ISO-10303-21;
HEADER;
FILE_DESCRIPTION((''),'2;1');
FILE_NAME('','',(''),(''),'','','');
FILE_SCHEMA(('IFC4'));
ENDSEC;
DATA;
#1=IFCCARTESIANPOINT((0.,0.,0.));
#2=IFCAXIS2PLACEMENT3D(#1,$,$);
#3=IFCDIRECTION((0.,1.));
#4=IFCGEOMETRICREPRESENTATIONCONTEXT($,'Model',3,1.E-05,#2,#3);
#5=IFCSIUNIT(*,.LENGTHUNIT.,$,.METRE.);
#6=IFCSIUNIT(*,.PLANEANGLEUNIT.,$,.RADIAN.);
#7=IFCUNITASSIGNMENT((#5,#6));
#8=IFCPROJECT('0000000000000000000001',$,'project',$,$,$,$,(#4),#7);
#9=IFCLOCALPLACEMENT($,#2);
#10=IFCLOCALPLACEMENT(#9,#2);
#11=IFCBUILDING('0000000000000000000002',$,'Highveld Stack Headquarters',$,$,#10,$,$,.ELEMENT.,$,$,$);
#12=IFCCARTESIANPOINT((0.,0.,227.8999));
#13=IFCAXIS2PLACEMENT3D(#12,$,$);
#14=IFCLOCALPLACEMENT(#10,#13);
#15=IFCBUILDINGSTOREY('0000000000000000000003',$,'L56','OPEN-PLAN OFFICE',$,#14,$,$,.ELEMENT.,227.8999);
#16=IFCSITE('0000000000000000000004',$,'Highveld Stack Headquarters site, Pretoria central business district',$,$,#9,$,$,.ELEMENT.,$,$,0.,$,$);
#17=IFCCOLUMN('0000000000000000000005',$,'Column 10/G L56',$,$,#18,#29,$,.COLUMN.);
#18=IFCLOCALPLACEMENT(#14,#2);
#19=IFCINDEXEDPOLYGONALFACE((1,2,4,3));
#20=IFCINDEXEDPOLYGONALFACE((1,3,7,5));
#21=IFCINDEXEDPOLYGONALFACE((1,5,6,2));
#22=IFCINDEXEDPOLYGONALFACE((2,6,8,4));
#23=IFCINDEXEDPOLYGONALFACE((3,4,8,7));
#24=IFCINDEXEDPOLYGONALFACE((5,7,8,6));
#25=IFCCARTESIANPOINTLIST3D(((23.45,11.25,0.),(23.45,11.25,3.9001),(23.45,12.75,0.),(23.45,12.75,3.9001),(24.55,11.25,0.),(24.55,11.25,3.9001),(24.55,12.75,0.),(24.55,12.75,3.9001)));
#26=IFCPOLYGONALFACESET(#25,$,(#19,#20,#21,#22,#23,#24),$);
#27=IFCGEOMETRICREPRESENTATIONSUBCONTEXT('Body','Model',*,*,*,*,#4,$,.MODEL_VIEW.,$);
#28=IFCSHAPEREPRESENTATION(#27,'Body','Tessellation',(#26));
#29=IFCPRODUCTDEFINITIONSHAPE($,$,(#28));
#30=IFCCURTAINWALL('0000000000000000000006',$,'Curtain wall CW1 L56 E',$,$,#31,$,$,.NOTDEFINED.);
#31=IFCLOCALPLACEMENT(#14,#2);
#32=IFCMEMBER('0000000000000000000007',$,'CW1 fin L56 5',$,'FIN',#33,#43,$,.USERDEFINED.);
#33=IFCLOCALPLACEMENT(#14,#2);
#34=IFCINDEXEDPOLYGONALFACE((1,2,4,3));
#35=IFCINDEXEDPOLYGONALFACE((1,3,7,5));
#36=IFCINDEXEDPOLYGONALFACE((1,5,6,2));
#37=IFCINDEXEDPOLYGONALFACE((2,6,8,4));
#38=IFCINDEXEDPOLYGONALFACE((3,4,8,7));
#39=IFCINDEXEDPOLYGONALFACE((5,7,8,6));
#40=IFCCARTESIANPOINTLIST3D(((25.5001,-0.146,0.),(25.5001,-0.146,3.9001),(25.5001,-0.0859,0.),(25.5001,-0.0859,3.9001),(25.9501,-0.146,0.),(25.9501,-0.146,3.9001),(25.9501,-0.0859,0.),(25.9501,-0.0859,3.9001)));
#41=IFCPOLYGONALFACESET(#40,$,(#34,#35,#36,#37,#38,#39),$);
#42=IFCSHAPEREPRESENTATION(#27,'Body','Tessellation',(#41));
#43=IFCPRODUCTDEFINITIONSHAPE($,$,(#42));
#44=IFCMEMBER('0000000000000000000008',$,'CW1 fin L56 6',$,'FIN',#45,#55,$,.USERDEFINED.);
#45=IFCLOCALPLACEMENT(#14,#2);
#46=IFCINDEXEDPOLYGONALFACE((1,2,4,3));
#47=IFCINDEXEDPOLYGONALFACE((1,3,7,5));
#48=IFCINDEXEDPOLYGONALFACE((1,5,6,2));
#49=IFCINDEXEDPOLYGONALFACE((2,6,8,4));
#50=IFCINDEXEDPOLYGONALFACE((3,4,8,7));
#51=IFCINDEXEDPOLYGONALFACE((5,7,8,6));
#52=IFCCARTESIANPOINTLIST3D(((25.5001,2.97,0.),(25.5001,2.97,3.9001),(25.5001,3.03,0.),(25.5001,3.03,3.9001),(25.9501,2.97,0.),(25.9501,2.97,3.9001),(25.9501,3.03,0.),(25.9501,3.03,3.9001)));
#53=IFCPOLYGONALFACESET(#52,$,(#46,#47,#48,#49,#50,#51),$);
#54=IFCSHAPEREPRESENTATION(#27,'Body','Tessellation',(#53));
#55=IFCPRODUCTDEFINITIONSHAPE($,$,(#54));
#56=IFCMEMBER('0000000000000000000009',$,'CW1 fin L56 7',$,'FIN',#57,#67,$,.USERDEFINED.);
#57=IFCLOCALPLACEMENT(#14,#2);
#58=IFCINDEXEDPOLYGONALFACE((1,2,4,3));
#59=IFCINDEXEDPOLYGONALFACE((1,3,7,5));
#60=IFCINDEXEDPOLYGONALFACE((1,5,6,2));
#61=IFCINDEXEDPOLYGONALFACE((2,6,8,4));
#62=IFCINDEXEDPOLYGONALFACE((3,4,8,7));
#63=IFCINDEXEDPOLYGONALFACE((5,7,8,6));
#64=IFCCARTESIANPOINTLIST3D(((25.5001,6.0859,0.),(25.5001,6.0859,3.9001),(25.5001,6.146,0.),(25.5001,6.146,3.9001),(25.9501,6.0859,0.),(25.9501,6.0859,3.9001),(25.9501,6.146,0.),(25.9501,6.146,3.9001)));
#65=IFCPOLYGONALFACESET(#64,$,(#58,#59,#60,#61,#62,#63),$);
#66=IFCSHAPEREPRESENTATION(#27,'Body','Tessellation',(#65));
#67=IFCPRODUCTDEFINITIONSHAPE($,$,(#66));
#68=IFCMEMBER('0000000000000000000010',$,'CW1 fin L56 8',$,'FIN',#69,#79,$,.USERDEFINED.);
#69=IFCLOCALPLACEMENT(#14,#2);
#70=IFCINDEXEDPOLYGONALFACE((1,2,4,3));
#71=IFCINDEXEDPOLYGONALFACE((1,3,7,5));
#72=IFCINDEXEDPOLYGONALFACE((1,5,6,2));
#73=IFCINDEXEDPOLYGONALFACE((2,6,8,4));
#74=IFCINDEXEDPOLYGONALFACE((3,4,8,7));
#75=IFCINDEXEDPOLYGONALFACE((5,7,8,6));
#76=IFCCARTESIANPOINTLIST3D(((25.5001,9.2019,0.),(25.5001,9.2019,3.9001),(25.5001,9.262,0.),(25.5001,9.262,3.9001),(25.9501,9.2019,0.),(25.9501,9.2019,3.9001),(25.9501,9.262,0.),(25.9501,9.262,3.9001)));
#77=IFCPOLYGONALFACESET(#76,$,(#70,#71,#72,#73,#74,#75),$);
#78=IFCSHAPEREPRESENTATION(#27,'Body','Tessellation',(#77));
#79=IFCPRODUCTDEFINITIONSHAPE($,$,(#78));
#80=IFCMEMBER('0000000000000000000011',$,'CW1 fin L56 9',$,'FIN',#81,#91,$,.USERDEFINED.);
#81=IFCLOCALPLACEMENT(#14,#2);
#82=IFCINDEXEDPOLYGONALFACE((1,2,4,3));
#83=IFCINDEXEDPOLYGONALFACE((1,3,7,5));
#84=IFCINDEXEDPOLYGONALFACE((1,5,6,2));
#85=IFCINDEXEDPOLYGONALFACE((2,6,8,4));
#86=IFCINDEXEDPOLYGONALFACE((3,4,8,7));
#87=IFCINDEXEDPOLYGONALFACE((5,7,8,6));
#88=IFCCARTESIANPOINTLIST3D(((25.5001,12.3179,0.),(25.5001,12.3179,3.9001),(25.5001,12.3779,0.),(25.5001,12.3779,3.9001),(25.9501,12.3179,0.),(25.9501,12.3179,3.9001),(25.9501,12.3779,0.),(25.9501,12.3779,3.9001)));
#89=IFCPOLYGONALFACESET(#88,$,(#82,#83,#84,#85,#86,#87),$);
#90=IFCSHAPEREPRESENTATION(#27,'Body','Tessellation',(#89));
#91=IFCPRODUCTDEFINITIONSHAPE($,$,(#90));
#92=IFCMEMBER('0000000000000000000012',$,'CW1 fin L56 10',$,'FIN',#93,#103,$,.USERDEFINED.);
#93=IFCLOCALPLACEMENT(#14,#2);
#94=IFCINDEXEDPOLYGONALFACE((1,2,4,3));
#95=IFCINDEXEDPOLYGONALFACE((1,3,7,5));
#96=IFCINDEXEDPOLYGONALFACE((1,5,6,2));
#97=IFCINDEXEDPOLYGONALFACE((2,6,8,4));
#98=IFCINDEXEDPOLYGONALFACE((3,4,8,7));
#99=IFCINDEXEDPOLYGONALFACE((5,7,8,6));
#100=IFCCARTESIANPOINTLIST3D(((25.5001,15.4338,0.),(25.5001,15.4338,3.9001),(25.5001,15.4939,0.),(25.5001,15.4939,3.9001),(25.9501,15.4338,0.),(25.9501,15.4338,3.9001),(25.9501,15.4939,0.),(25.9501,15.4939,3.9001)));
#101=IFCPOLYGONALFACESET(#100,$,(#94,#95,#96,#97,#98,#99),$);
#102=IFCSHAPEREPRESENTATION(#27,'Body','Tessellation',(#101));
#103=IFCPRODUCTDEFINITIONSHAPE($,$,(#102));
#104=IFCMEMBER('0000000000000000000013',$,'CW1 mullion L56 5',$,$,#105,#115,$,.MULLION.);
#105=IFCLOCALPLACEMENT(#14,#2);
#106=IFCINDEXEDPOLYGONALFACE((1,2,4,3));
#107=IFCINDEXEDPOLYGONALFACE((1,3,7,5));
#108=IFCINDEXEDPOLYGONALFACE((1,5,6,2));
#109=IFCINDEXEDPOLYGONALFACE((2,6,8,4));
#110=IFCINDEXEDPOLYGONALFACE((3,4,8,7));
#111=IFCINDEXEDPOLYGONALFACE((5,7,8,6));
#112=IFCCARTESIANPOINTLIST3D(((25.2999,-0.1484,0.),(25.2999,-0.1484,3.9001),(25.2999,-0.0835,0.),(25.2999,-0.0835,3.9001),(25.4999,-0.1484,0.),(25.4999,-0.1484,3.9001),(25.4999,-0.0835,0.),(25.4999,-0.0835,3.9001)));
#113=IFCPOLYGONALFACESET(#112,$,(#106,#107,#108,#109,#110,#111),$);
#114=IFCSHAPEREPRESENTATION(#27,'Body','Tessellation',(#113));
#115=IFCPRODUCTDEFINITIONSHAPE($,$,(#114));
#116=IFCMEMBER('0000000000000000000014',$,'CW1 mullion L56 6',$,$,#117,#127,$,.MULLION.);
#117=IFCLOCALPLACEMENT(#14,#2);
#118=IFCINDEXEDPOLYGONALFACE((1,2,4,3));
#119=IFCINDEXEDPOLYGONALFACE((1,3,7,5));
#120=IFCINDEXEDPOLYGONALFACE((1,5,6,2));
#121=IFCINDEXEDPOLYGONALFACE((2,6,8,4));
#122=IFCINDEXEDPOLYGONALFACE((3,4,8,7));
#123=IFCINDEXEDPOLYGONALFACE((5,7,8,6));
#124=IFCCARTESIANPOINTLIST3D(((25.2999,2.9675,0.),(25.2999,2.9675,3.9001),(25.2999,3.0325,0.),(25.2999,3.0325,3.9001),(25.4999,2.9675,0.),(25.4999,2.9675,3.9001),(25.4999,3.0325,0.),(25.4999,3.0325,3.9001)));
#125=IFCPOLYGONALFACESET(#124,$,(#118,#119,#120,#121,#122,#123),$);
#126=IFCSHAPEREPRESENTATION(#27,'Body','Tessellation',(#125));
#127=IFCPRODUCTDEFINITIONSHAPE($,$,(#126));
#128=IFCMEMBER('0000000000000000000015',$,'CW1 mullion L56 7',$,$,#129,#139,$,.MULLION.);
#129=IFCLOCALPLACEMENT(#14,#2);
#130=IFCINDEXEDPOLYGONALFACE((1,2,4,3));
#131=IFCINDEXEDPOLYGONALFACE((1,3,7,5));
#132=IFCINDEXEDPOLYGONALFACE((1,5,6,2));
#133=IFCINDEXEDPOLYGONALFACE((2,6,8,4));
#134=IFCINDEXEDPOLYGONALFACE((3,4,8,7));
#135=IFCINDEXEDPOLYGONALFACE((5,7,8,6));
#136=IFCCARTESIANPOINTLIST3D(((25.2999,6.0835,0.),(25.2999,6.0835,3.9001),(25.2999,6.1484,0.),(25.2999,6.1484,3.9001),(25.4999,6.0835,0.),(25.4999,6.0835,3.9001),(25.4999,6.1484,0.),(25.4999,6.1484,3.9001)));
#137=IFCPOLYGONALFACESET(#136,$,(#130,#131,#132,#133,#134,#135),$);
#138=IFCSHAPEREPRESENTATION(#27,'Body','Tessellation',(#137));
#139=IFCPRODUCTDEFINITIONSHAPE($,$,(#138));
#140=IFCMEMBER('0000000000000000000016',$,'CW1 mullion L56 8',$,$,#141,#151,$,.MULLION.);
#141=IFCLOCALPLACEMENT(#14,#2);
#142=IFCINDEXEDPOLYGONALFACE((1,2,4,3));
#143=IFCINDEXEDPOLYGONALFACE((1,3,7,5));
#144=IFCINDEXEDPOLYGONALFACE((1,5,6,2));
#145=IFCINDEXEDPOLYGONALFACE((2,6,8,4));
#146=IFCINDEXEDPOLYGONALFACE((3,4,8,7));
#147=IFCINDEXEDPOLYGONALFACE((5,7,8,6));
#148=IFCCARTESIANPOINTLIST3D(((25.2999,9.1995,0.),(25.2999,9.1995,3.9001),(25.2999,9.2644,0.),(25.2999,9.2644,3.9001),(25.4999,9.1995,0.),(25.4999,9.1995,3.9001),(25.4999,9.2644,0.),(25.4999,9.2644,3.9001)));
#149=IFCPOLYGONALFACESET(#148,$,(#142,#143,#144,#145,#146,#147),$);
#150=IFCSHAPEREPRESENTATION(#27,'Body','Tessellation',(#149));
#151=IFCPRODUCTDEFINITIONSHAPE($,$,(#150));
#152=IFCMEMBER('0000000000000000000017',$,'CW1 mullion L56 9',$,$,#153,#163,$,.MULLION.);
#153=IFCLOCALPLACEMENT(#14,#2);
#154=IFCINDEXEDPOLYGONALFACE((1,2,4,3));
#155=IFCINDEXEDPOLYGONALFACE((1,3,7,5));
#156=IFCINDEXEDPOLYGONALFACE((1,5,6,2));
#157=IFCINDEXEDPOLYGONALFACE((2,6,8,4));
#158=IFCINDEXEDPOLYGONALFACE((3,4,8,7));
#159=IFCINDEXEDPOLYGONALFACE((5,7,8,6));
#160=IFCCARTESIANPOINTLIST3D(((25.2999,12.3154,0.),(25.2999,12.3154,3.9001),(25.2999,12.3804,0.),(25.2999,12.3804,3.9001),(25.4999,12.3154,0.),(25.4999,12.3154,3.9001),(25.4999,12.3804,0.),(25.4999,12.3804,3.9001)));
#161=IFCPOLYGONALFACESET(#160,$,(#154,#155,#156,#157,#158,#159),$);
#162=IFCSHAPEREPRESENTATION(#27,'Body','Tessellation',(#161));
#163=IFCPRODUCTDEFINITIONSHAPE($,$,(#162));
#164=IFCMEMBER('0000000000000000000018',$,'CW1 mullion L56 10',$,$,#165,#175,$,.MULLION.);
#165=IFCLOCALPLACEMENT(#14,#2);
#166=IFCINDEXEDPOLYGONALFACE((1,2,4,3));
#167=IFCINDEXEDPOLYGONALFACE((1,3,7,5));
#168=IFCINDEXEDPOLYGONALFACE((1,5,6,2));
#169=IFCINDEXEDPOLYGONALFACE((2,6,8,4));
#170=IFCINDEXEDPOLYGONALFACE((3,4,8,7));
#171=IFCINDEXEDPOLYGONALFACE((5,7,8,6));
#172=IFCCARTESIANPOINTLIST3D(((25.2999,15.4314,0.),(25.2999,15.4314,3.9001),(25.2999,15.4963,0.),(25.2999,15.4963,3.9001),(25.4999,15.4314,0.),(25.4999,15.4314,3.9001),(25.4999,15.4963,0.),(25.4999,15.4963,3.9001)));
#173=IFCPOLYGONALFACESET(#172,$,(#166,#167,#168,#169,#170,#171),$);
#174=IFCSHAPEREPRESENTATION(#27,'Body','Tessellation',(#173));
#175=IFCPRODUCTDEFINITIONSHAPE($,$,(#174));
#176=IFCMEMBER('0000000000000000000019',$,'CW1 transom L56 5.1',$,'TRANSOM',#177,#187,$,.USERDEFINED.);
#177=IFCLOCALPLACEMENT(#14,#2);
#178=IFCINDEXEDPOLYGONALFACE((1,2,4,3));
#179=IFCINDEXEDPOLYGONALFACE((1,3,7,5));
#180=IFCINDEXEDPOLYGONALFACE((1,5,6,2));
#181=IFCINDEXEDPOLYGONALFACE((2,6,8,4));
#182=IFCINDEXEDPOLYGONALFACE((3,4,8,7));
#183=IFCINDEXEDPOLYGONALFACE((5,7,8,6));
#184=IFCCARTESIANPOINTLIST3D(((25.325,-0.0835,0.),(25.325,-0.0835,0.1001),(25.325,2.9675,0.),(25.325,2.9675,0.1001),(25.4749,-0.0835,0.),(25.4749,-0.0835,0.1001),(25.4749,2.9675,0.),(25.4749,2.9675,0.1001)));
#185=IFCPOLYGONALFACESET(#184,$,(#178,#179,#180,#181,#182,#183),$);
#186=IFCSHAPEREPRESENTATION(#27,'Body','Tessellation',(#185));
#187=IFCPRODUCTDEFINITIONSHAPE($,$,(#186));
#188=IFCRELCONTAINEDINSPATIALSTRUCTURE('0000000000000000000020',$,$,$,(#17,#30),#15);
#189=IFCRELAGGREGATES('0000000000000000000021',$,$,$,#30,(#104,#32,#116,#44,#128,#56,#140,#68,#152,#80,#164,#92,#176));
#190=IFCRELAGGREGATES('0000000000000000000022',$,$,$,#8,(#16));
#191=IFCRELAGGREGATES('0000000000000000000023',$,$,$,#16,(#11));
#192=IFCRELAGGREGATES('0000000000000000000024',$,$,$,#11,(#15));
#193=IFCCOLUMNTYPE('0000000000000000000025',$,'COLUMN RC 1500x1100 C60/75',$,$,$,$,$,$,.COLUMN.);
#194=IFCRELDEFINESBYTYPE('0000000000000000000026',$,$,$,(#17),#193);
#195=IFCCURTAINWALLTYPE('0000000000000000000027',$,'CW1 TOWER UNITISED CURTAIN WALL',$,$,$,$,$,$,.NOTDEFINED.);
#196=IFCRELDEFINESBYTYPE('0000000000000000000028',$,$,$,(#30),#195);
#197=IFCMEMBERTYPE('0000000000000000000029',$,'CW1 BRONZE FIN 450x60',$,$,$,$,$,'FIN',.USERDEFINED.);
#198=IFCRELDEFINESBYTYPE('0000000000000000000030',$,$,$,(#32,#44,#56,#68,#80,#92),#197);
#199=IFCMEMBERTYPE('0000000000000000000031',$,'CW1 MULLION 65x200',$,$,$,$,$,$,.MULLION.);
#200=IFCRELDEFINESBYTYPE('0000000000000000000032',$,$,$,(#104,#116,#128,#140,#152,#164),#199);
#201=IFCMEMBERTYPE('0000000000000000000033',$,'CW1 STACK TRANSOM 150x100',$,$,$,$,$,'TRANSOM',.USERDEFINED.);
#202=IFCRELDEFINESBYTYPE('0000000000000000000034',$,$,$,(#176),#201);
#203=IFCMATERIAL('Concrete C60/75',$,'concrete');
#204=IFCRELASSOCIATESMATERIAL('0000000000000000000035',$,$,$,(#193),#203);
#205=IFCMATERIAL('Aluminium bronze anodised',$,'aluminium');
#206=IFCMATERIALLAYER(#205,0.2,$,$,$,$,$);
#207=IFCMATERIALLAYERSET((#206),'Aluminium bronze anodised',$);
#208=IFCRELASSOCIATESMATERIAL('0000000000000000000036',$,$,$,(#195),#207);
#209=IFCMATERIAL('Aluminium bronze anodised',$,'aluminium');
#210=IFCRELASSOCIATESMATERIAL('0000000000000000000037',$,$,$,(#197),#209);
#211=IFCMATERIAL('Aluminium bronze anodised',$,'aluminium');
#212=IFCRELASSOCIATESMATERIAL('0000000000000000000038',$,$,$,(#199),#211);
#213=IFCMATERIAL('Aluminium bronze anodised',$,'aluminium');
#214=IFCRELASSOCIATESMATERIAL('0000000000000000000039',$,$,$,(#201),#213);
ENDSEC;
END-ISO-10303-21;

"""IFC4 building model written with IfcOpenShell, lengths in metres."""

from ifc_helpers import new_model, si_unit, direction, frame, origin, origin_2d, place, context, subcontext, project, spatial, rectangle, extrude, material, layer, layer_set, material_profile, profile_set, type_object, element, aggregate, save


model = new_model("IFC4")

# Units and contexts
model_context = context("Model", 3, precision=1e-05, world=origin(), true_north=direction((0.0, 1.0)))
body_context = subcontext(model_context, "Body", "Model", "MODEL_VIEW")
ifc_project = project(units=[si_unit("LENGTHUNIT", "METRE"), si_unit("PLANEANGLEUNIT", "RADIAN")], contexts=[model_context])

# Site, building, storey
site_placement = place(None, origin())
site = spatial("IfcSite", under=ifc_project, at=site_placement, Name="Highveld Stack Headquarters site, Pretoria central business district", CompositionType="ELEMENT", RefElevation=0.0)
building_placement = place(site_placement, origin())
building = spatial("IfcBuilding", under=site, at=building_placement, Name="Highveld Stack Headquarters", CompositionType="ELEMENT")
storey_placement = place(building_placement, frame((0.0, 0.0, 227.8999)))
storey = spatial("IfcBuildingStorey", under=building, at=storey_placement, Name="L56", Description="OPEN-PLAN OFFICE", CompositionType="ELEMENT", Elevation=227.8999)

# Column
ifc_material_1 = material(Name="Concrete C60/75", Category="concrete")
ifc_material_profile_1 = material_profile(ifc_material_1, rectangle(XDim=1.5, YDim=1.1001, at=origin_2d()), Name="RC 1500x1100")
ifc_profile_set_1 = profile_set([ifc_material_profile_1], Name="Concrete C60/75")
column_type = type_object("IfcColumnType", Name="COLUMN RC 1500x1100 C60/75", PredefinedType="COLUMN", material=ifc_profile_set_1)
column_placement = place(storey_placement, frame((24.0, 12.0, 0.0), z_axis=(0.0, 0.0, 1.0), x_axis=(0.0, 1.0, 0.0)))
element("IfcColumn", 1, at=column_placement, inside=storey, type_object=column_type, Name="Column 10/G L56", PredefinedType="COLUMN", context=body_context, shape_type="SweptSolid", body=[
    extrude(rectangle(XDim=1.5, YDim=1.1001, at=origin_2d()), origin(), (0.0, 0.0, 1.0), 3.9001),
])

# Curtain wall, members
ifc_material_2 = material(Name="Aluminium bronze anodised", Category="aluminium")
ifc_layer_1 = layer(ifc_material_2, 0.2)
ifc_layer_set_1 = layer_set([ifc_layer_1], Name="Aluminium bronze anodised")
curtain_wall_type = type_object("IfcCurtainWallType", Name="CW1 TOWER UNITISED CURTAIN WALL", PredefinedType="NOTDEFINED", material=ifc_layer_set_1)
curtain_wall_placement = place(storey_placement, origin())
curtain_wall = element("IfcCurtainWall", 2, at=curtain_wall_placement, inside=storey, type_object=curtain_wall_type, Name="Curtain wall CW1 L56 E", PredefinedType="NOTDEFINED")
ifc_material_3 = material(Name="Aluminium bronze anodised", Category="aluminium")
ifc_material_profile_2 = material_profile(ifc_material_3, rectangle(XDim=0.45, YDim=0.0601, at=origin_2d()), Name="FIN 450x60")
ifc_profile_set_2 = profile_set([ifc_material_profile_2], Name="Aluminium bronze anodised")
member_type_1 = type_object("IfcMemberType", Name="CW1 BRONZE FIN 450x60", ElementType="FIN", PredefinedType="USERDEFINED", material=ifc_profile_set_2)
member_1_placement = place(storey_placement, frame((25.7251, -0.116, 0.0), z_axis=(0.0, 0.0, 1.0), x_axis=(-1.0, 0.0, 0.0)))
member_1 = element("IfcMember", 3, at=member_1_placement, type_object=member_type_1, Name="CW1 fin L56 5", ObjectType="FIN", PredefinedType="USERDEFINED", context=body_context, shape_type="SweptSolid", body=[
    extrude(rectangle(XDim=0.45, YDim=0.0601, at=origin_2d()), origin(), (0.0, 0.0, 1.0), 3.9001),
])
member_2_placement = place(storey_placement, frame((25.7251, 3.0, 0.0), z_axis=(0.0, 0.0, 1.0), x_axis=(-1.0, 0.0, 0.0)))
member_2 = element("IfcMember", 4, at=member_2_placement, type_object=member_type_1, Name="CW1 fin L56 6", ObjectType="FIN", PredefinedType="USERDEFINED", context=body_context, shape_type="SweptSolid", body=[
    extrude(rectangle(XDim=0.45, YDim=0.0601, at=origin_2d()), origin(), (0.0, 0.0, 1.0), 3.9001),
])
member_3_placement = place(storey_placement, frame((25.7251, 6.116, 0.0), z_axis=(0.0, 0.0, 1.0), x_axis=(-1.0, 0.0, 0.0)))
member_3 = element("IfcMember", 5, at=member_3_placement, type_object=member_type_1, Name="CW1 fin L56 7", ObjectType="FIN", PredefinedType="USERDEFINED", context=body_context, shape_type="SweptSolid", body=[
    extrude(rectangle(XDim=0.45, YDim=0.0601, at=origin_2d()), origin(), (0.0, 0.0, 1.0), 3.9001),
])
member_4_placement = place(storey_placement, frame((25.7251, 9.2319, 0.0), z_axis=(0.0, 0.0, 1.0), x_axis=(-1.0, 0.0, 0.0)))
member_4 = element("IfcMember", 6, at=member_4_placement, type_object=member_type_1, Name="CW1 fin L56 8", ObjectType="FIN", PredefinedType="USERDEFINED", context=body_context, shape_type="SweptSolid", body=[
    extrude(rectangle(XDim=0.45, YDim=0.0601, at=origin_2d()), origin(), (0.0, 0.0, 1.0), 3.9001),
])
member_5_placement = place(storey_placement, frame((25.7251, 12.3479, 0.0), z_axis=(0.0, 0.0, 1.0), x_axis=(-1.0, 0.0, 0.0)))
member_5 = element("IfcMember", 7, at=member_5_placement, type_object=member_type_1, Name="CW1 fin L56 9", ObjectType="FIN", PredefinedType="USERDEFINED", context=body_context, shape_type="SweptSolid", body=[
    extrude(rectangle(XDim=0.45, YDim=0.0601, at=origin_2d()), origin(), (0.0, 0.0, 1.0), 3.9001),
])
member_6_placement = place(storey_placement, frame((25.7251, 15.4639, 0.0), z_axis=(0.0, 0.0, 1.0), x_axis=(-1.0, 0.0, 0.0)))
member_6 = element("IfcMember", 8, at=member_6_placement, type_object=member_type_1, Name="CW1 fin L56 10", ObjectType="FIN", PredefinedType="USERDEFINED", context=body_context, shape_type="SweptSolid", body=[
    extrude(rectangle(XDim=0.45, YDim=0.0601, at=origin_2d()), origin(), (0.0, 0.0, 1.0), 3.9001),
])
ifc_material_4 = material(Name="Aluminium bronze anodised", Category="aluminium")
ifc_material_profile_3 = material_profile(ifc_material_4, rectangle(XDim=0.2, YDim=0.0649, at=origin_2d()), Name="CW1 MULLION 65x200")
ifc_profile_set_3 = profile_set([ifc_material_profile_3], Name="Aluminium bronze anodised")
member_type_2 = type_object("IfcMemberType", Name="CW1 MULLION 65x200", PredefinedType="MULLION", material=ifc_profile_set_3)
member_7_placement = place(storey_placement, frame((25.3999, -0.116, 0.0), z_axis=(0.0, 0.0, 1.0), x_axis=(-1.0, 0.0, 0.0)))
member_7 = element("IfcMember", 9, at=member_7_placement, type_object=member_type_2, Name="CW1 mullion L56 5", PredefinedType="MULLION", context=body_context, shape_type="SweptSolid", body=[
    extrude(rectangle(XDim=0.2, YDim=0.0649, at=origin_2d()), origin(), (0.0, 0.0, 1.0), 3.9001),
])
member_8_placement = place(storey_placement, frame((25.3999, 3.0, 0.0), z_axis=(0.0, 0.0, 1.0), x_axis=(-1.0, 0.0, 0.0)))
member_8 = element("IfcMember", 10, at=member_8_placement, type_object=member_type_2, Name="CW1 mullion L56 6", PredefinedType="MULLION", context=body_context, shape_type="SweptSolid", body=[
    extrude(rectangle(XDim=0.2, YDim=0.0649, at=origin_2d()), origin(), (0.0, 0.0, 1.0), 3.9001),
])
member_9_placement = place(storey_placement, frame((25.3999, 6.116, 0.0), z_axis=(0.0, 0.0, 1.0), x_axis=(-1.0, 0.0, 0.0)))
member_9 = element("IfcMember", 11, at=member_9_placement, type_object=member_type_2, Name="CW1 mullion L56 7", PredefinedType="MULLION", context=body_context, shape_type="SweptSolid", body=[
    extrude(rectangle(XDim=0.2, YDim=0.0649, at=origin_2d()), origin(), (0.0, 0.0, 1.0), 3.9001),
])
member_10_placement = place(storey_placement, frame((25.3999, 9.2319, 0.0), z_axis=(0.0, 0.0, 1.0), x_axis=(-1.0, 0.0, 0.0)))
member_10 = element("IfcMember", 12, at=member_10_placement, type_object=member_type_2, Name="CW1 mullion L56 8", PredefinedType="MULLION", context=body_context, shape_type="SweptSolid", body=[
    extrude(rectangle(XDim=0.2, YDim=0.0649, at=origin_2d()), origin(), (0.0, 0.0, 1.0), 3.9001),
])
member_11_placement = place(storey_placement, frame((25.3999, 12.3479, 0.0), z_axis=(0.0, 0.0, 1.0), x_axis=(-1.0, 0.0, 0.0)))
member_11 = element("IfcMember", 13, at=member_11_placement, type_object=member_type_2, Name="CW1 mullion L56 9", PredefinedType="MULLION", context=body_context, shape_type="SweptSolid", body=[
    extrude(rectangle(XDim=0.2, YDim=0.0649, at=origin_2d()), origin(), (0.0, 0.0, 1.0), 3.9001),
])
member_12_placement = place(storey_placement, frame((25.3999, 15.4639, 0.0), z_axis=(0.0, 0.0, 1.0), x_axis=(-1.0, 0.0, 0.0)))
member_12 = element("IfcMember", 14, at=member_12_placement, type_object=member_type_2, Name="CW1 mullion L56 10", PredefinedType="MULLION", context=body_context, shape_type="SweptSolid", body=[
    extrude(rectangle(XDim=0.2, YDim=0.0649, at=origin_2d()), origin(), (0.0, 0.0, 1.0), 3.9001),
])
ifc_material_5 = material(Name="Aluminium bronze anodised", Category="aluminium")
ifc_material_profile_4 = material_profile(ifc_material_5, rectangle(XDim=0.1499, YDim=0.1001, at=origin_2d()), Name="CW1 TRANSOM 150x100")
ifc_profile_set_4 = profile_set([ifc_material_profile_4], Name="Aluminium bronze anodised")
member_type_3 = type_object("IfcMemberType", Name="CW1 STACK TRANSOM 150x100", ElementType="TRANSOM", PredefinedType="USERDEFINED", material=ifc_profile_set_4)
member_13_placement = place(storey_placement, frame((25.3999, -0.0835, 0.05), z_axis=(0.0, 1.0, 0.0), x_axis=(-1.0, 0.0, 0.0)))
member_13 = element("IfcMember", 15, at=member_13_placement, type_object=member_type_3, Name="CW1 transom L56 5.1", ObjectType="TRANSOM", PredefinedType="USERDEFINED", context=body_context, shape_type="SweptSolid", body=[
    extrude(rectangle(XDim=0.1499, YDim=0.1001, at=origin_2d()), origin(), (0.0, 0.0, 1.0), 3.051),
])
aggregate(curtain_wall, [member_7, member_1, member_8, member_2, member_9, member_3, member_10, member_4, member_11, member_5, member_12, member_6, member_13])

save(model, "model.ifc")
